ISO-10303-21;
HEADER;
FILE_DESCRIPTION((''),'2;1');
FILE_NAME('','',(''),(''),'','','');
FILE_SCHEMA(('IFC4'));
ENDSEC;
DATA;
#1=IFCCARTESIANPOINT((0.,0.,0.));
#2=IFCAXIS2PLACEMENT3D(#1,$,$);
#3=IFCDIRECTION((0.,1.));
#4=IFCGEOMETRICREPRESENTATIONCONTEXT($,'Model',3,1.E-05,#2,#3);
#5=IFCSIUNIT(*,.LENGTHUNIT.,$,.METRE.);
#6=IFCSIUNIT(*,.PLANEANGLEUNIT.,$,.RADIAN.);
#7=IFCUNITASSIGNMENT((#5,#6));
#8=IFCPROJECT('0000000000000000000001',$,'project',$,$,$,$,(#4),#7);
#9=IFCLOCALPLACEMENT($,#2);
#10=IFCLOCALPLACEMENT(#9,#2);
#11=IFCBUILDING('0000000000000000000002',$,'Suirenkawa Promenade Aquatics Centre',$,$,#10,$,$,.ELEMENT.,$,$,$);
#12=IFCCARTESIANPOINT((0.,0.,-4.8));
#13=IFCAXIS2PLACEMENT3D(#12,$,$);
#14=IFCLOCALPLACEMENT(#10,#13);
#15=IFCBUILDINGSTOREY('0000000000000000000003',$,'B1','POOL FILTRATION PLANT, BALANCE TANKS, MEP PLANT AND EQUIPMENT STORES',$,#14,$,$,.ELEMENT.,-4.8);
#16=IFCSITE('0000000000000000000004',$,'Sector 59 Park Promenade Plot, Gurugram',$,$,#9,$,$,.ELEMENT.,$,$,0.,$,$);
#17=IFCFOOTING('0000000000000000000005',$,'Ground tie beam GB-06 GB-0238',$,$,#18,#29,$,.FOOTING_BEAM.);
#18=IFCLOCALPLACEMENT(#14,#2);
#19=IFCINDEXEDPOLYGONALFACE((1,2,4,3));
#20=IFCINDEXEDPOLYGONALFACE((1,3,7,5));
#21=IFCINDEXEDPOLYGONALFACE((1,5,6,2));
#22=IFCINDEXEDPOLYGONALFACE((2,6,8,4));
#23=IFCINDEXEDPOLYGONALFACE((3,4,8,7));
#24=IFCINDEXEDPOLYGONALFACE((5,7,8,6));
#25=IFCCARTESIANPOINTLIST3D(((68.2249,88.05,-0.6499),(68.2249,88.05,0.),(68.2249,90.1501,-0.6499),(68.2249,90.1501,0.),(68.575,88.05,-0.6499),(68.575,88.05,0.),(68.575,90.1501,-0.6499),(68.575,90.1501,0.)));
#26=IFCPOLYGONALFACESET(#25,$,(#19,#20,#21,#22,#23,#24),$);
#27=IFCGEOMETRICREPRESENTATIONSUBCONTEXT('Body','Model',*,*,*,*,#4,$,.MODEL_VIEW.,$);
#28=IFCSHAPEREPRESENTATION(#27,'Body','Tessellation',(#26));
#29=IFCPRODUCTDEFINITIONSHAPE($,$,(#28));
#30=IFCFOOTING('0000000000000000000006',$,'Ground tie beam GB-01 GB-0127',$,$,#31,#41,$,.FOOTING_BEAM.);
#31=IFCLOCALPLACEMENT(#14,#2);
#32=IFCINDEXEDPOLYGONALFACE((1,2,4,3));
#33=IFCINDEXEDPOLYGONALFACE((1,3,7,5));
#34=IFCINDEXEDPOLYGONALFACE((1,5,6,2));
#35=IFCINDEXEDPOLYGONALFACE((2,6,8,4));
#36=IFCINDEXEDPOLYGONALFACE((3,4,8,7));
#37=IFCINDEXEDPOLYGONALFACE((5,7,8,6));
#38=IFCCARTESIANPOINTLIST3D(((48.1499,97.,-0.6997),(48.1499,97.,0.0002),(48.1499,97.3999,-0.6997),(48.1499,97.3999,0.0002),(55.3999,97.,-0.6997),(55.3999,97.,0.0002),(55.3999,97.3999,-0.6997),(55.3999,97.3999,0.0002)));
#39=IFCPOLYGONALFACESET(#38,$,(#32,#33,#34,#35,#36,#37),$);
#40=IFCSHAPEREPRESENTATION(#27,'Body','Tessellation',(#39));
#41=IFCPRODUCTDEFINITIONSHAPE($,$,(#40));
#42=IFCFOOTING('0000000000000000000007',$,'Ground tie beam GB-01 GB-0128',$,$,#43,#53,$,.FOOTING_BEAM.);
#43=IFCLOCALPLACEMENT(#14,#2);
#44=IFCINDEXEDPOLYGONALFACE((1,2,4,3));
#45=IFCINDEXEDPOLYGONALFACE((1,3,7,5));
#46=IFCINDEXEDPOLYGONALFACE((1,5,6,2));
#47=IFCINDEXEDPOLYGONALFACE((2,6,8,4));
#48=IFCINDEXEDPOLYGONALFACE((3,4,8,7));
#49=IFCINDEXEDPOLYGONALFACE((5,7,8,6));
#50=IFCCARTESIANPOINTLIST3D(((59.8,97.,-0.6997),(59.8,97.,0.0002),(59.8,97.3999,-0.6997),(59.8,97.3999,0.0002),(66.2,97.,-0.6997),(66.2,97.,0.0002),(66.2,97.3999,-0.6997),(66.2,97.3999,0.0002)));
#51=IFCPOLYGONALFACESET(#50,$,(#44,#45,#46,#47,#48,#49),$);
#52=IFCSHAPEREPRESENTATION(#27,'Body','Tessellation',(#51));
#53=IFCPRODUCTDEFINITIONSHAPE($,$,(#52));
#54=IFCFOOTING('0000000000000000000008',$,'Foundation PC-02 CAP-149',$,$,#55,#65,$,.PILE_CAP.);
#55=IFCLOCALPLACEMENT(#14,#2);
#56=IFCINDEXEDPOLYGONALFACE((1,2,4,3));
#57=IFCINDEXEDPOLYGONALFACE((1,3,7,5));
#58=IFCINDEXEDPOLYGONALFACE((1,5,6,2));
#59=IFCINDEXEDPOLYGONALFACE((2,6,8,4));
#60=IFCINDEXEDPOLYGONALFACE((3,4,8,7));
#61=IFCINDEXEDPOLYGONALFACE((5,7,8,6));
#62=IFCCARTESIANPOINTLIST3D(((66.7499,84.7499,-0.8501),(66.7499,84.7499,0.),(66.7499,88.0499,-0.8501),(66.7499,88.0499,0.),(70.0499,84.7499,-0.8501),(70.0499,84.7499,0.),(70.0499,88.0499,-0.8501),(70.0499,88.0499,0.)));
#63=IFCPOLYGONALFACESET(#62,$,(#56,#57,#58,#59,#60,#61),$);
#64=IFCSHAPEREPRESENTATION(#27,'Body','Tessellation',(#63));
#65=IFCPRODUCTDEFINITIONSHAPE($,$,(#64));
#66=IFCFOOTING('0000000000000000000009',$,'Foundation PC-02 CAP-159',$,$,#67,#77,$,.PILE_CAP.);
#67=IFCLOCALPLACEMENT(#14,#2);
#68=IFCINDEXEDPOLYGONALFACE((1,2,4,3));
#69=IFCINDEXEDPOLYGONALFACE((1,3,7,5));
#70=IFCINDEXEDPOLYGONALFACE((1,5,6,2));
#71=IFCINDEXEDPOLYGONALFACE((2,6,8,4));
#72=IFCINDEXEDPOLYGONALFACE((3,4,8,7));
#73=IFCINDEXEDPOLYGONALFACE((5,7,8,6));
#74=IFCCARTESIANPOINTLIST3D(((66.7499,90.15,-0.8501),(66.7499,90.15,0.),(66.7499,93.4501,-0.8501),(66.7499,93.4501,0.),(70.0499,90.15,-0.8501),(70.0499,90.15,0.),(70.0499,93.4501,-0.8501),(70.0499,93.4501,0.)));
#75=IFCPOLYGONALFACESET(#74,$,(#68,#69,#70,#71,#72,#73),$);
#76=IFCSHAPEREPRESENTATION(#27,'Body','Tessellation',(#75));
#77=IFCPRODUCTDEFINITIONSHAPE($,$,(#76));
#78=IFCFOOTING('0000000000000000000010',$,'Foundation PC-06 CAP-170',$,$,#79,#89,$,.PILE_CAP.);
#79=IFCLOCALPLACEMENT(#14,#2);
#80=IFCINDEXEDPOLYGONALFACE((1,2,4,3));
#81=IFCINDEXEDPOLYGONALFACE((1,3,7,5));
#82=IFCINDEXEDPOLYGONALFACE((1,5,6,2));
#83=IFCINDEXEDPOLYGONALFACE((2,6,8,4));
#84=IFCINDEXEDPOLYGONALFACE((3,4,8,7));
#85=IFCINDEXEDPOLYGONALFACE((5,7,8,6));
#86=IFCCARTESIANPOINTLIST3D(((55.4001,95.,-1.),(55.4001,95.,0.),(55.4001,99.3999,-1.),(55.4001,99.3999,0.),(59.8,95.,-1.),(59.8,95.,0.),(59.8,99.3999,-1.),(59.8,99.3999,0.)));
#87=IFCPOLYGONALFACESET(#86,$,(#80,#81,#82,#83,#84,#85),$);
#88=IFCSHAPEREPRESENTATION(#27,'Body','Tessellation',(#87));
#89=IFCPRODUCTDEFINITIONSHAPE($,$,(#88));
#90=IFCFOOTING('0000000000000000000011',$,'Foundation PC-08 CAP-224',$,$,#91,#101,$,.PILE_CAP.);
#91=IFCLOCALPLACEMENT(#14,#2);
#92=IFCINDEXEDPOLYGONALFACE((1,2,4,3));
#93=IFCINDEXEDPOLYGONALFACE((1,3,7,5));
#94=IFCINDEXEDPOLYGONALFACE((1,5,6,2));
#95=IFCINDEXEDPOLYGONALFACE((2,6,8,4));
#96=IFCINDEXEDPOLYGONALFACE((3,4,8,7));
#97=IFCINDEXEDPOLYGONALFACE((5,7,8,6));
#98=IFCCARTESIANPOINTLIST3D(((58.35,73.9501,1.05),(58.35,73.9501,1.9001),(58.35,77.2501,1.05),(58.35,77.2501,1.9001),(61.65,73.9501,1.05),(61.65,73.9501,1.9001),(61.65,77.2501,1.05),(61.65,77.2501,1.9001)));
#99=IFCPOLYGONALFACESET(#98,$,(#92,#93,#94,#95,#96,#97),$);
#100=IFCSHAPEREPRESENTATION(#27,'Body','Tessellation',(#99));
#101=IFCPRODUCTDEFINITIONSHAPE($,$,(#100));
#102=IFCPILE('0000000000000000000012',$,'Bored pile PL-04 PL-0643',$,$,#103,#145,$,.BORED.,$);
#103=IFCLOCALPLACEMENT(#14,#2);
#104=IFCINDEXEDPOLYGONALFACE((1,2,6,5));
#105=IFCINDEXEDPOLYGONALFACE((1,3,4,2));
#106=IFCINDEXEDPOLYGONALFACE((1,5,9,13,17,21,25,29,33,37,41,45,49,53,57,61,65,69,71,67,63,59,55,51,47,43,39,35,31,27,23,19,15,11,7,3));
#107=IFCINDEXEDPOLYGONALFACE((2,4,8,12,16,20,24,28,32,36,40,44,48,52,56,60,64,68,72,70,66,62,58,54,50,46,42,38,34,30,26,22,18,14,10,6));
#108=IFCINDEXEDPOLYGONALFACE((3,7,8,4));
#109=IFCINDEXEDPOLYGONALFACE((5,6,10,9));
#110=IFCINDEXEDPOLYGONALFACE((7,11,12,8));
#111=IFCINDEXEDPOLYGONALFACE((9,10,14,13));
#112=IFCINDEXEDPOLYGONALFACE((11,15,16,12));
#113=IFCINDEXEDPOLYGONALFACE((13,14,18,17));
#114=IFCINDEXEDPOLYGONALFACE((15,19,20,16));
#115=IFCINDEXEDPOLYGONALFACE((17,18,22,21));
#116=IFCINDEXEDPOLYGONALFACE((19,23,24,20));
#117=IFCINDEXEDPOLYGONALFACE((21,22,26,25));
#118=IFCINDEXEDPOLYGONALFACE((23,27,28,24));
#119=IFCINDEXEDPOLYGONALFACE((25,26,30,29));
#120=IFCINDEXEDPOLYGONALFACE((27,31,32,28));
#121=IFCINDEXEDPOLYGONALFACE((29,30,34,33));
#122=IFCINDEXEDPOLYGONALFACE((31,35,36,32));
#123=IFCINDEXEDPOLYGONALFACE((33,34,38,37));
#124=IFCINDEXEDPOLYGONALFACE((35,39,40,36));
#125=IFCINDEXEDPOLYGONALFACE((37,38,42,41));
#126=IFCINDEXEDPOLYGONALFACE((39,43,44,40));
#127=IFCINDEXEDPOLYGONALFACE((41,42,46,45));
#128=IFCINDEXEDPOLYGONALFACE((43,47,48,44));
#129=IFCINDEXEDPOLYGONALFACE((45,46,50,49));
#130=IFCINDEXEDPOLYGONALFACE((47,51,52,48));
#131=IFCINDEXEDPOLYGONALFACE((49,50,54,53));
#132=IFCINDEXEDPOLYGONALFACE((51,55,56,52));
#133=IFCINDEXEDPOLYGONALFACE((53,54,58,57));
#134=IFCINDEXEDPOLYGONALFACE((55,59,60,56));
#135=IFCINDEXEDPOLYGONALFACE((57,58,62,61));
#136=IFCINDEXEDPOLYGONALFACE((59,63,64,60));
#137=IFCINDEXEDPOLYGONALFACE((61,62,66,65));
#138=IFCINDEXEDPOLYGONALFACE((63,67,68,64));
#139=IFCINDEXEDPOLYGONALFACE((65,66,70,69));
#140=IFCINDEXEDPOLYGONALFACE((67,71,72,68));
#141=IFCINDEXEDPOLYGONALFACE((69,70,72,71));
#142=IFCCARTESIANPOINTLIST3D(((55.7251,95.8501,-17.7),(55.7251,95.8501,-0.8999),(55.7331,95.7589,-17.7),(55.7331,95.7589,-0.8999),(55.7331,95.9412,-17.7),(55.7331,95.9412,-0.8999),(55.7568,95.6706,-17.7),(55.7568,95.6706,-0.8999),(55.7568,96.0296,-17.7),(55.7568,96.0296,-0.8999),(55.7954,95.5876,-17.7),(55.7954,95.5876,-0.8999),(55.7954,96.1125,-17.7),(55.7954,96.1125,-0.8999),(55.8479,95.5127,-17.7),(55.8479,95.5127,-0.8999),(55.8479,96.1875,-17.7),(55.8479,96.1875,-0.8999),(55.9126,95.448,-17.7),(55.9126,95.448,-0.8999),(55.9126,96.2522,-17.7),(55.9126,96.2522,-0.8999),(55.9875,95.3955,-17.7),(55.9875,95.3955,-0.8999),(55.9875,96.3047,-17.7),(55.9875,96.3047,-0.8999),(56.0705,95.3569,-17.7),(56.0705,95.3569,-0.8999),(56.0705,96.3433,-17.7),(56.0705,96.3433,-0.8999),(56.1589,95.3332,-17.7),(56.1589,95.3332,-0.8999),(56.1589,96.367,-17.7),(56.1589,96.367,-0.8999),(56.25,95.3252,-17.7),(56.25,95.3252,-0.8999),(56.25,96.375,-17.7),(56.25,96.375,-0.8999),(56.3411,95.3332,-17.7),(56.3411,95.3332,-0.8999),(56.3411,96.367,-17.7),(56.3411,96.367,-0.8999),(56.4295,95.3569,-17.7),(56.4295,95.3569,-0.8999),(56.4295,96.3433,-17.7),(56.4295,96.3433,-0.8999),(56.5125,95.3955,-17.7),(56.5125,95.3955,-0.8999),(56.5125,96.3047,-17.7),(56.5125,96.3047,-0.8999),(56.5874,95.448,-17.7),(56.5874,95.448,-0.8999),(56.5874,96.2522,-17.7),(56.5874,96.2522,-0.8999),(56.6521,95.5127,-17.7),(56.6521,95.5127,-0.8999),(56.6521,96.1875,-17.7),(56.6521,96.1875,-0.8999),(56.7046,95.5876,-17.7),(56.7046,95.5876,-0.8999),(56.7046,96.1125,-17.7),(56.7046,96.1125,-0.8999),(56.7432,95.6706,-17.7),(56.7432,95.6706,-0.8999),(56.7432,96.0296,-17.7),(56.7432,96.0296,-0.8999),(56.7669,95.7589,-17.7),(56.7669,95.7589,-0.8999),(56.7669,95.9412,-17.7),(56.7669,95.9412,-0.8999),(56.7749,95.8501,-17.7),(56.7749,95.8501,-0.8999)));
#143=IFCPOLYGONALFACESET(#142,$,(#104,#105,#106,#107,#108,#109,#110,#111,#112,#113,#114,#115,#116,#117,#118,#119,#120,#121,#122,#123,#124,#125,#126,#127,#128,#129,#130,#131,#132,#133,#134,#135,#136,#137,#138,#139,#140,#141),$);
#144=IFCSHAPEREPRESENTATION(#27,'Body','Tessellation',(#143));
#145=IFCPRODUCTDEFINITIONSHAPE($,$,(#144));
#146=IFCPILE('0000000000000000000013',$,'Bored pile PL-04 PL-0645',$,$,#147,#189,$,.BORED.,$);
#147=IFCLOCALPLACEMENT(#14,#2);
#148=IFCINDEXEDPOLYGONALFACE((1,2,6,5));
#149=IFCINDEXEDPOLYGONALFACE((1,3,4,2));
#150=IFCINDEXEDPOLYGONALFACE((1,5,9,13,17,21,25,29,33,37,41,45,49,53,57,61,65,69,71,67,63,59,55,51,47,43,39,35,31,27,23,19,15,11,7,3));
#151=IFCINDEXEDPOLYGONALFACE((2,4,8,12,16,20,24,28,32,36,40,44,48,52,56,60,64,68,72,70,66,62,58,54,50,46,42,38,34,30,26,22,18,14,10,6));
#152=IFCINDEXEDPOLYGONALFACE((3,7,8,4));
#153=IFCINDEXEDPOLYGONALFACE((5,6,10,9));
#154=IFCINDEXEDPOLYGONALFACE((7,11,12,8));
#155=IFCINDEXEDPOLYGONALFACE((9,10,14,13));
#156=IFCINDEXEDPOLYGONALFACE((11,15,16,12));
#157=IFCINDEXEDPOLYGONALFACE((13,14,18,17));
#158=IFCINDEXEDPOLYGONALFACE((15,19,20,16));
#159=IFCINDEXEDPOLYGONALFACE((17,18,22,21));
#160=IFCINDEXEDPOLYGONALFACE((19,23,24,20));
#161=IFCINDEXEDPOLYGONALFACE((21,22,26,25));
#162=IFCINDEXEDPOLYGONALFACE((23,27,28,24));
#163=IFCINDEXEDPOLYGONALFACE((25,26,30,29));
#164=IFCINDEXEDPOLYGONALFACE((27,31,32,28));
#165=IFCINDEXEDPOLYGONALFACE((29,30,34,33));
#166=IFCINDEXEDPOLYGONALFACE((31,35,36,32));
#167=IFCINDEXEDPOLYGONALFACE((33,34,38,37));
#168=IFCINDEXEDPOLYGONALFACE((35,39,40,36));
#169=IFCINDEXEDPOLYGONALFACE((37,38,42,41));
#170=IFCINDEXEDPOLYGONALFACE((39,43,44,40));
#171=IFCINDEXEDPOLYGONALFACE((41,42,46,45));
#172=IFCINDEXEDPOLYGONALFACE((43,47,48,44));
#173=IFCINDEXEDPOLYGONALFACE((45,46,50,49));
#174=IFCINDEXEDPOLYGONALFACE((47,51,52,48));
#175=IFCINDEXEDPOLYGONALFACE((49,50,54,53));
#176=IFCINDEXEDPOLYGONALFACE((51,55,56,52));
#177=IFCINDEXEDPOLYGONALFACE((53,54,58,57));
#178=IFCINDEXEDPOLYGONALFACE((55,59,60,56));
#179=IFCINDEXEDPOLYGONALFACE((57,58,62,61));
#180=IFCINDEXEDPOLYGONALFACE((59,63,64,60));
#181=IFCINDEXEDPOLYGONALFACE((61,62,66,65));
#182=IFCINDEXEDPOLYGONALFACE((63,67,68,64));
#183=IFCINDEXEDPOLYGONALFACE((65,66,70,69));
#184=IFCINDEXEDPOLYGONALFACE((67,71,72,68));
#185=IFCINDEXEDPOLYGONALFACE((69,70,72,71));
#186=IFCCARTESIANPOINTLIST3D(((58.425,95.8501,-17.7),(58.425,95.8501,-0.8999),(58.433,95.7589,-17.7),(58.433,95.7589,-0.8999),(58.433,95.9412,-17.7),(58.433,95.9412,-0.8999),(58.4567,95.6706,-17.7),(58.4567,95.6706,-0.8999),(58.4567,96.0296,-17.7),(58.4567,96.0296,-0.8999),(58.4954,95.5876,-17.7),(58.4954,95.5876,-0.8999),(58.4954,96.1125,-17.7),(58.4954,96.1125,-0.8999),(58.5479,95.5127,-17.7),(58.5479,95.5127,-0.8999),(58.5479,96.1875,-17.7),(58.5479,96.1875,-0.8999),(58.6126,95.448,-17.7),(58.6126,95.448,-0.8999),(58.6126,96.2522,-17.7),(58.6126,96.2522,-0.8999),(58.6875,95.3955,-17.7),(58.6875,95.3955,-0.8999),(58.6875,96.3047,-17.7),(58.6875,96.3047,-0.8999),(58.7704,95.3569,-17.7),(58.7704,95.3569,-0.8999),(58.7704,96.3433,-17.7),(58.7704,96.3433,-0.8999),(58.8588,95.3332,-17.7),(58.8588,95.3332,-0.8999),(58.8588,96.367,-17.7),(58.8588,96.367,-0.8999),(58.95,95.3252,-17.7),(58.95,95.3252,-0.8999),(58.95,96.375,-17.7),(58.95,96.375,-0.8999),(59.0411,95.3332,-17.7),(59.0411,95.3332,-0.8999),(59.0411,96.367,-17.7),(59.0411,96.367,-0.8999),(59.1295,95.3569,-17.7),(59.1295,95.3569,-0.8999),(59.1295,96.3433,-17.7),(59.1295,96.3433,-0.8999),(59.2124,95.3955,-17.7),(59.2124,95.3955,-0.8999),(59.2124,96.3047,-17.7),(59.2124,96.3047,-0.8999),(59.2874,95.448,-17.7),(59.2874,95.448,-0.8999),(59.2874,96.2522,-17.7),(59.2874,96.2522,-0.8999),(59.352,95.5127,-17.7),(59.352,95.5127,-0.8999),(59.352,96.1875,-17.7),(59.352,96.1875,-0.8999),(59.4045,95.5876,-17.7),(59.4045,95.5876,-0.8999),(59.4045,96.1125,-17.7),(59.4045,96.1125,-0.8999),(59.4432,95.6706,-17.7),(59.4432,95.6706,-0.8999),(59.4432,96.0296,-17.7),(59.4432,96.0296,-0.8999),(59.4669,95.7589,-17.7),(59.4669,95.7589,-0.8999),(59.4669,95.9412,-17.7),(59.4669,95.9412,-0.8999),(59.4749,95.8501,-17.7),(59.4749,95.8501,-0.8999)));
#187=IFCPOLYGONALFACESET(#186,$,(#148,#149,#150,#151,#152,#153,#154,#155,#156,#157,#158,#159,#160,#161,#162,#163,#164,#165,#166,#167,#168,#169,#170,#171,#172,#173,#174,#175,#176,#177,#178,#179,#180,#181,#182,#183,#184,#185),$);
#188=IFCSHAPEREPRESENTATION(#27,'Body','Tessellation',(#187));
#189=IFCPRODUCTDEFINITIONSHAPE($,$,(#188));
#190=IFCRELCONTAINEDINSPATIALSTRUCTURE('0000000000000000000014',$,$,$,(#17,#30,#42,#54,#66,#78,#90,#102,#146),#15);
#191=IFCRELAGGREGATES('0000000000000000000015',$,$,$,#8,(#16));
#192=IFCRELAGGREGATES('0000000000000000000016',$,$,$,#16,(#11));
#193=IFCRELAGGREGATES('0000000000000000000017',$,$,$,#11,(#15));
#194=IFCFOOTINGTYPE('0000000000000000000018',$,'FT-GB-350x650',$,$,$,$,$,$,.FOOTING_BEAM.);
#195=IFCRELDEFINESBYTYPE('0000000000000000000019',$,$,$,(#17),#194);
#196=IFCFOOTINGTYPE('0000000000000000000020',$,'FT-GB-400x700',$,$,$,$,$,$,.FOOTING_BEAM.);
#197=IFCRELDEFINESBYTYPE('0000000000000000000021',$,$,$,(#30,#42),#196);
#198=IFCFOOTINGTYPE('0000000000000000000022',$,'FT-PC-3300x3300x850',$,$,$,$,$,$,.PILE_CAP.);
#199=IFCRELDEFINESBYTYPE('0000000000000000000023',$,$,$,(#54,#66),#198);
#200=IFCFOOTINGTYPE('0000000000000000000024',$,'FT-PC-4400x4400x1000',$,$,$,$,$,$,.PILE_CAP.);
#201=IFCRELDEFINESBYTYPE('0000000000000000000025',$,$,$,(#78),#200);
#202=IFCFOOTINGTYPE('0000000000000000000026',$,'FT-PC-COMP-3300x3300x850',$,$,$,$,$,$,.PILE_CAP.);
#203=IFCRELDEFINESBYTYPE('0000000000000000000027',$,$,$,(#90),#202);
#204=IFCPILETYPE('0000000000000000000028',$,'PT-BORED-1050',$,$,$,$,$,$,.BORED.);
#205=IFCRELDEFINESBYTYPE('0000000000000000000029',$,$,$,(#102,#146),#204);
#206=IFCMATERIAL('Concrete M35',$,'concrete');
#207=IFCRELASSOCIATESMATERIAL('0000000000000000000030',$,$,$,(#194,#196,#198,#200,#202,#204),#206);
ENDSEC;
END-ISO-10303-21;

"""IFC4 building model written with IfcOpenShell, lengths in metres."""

from ifc_helpers import new_model, si_unit, direction, frame, origin, origin_2d, place, context, subcontext, project, spatial, rectangle, circle, extrude, material, material_profile, profile_set, type_object, element, save


model = new_model("IFC4")

# Units and contexts
model_context = context("Model", 3, precision=1e-05, world=origin(), true_north=direction((0.0, 1.0)))
body_context = subcontext(model_context, "Body", "Model", "MODEL_VIEW")
ifc_project = project(units=[si_unit("LENGTHUNIT", "METRE"), si_unit("PLANEANGLEUNIT", "RADIAN")], contexts=[model_context])

# Site, building, storey
site_placement = place(None, origin())
site = spatial("IfcSite", under=ifc_project, at=site_placement, Name="Sector 59 Park Promenade Plot, Gurugram", CompositionType="ELEMENT", RefElevation=0.0)
building_placement = place(site_placement, origin())
building = spatial("IfcBuilding", under=site, at=building_placement, Name="Suirenkawa Promenade Aquatics Centre", CompositionType="ELEMENT")
storey_placement = place(building_placement, frame((0.0, 0.0, -4.8)))
storey = spatial("IfcBuildingStorey", under=building, at=storey_placement, Name="B1", Description="POOL FILTRATION PLANT, BALANCE TANKS, MEP PLANT AND EQUIPMENT STORES", CompositionType="ELEMENT", Elevation=-4.8)

# Footings
ifc_material_1 = material(Name="Concrete M35", Category="concrete")
footing_type_1 = type_object("IfcFootingType", Name="FT-GB-350x650", PredefinedType="FOOTING_BEAM", material=ifc_material_1)
footing_1_placement = place(storey_placement, frame((68.3999, 89.1001, -0.6499), z_axis=(0.0, 0.0, 1.0), x_axis=(0.0, 1.0, 0.0)))
element("IfcFooting", 1, at=footing_1_placement, inside=storey, type_object=footing_type_1, Name="Ground tie beam GB-06 GB-0238", PredefinedType="FOOTING_BEAM", context=body_context, shape_type="SweptSolid", body=[
    extrude(rectangle(XDim=2.1001, YDim=0.3501, at=origin_2d()), origin(), (0.0, 0.0, 1.0), 0.6499),
])
footing_type_2 = type_object("IfcFootingType", Name="FT-GB-400x700", PredefinedType="FOOTING_BEAM", material=ifc_material_1)
footing_2_placement = place(storey_placement, frame((51.7749, 97.2, -0.6997), z_axis=(0.0, 0.0, 1.0), x_axis=(1.0, 0.0, 0.0)))
element("IfcFooting", 2, at=footing_2_placement, inside=storey, type_object=footing_type_2, Name="Ground tie beam GB-01 GB-0127", PredefinedType="FOOTING_BEAM", context=body_context, shape_type="SweptSolid", body=[
    extrude(rectangle(XDim=7.25, YDim=0.3999, at=origin_2d()), origin(), (0.0, 0.0, 1.0), 0.7),
])
footing_3_placement = place(storey_placement, frame((63.0, 97.2, -0.6997), z_axis=(0.0, 0.0, 1.0), x_axis=(1.0, 0.0, 0.0)))
element("IfcFooting", 3, at=footing_3_placement, inside=storey, type_object=footing_type_2, Name="Ground tie beam GB-01 GB-0128", PredefinedType="FOOTING_BEAM", context=body_context, shape_type="SweptSolid", body=[
    extrude(rectangle(XDim=6.3999, YDim=0.3999, at=origin_2d()), origin(), (0.0, 0.0, 1.0), 0.7),
])
footing_type_3 = type_object("IfcFootingType", Name="FT-PC-3300x3300x850", PredefinedType="PILE_CAP", material=ifc_material_1)
for number, where, z_axis, x_axis, name in (
    (4, (68.3999, 86.3999, -0.8501), (0.0, 0.0, 1.0), (1.0, 0.0, 0.0), "Foundation PC-02 CAP-149"),
    (5, (68.3999, 91.8, -0.8501), (0.0, 0.0, 1.0), (1.0, 0.0, 0.0), "Foundation PC-02 CAP-159"),
):
    element("IfcFooting", number, at=place(storey_placement, frame(where, z_axis=z_axis, x_axis=x_axis)), inside=storey, type_object=footing_type_3, Name=name, PredefinedType="PILE_CAP", context=body_context, shape_type="SweptSolid", body=[
        extrude(rectangle(XDim=3.3, YDim=3.3, at=origin_2d()), origin(), (0.0, 0.0, 1.0), 0.8501),
    ])
footing_type_4 = type_object("IfcFootingType", Name="FT-PC-4400x4400x1000", PredefinedType="PILE_CAP", material=ifc_material_1)
footing_4_placement = place(storey_placement, frame((57.6001, 97.2, -1.0), z_axis=(0.0, 0.0, 1.0), x_axis=(1.0, 0.0, 0.0)))
element("IfcFooting", 6, at=footing_4_placement, inside=storey, type_object=footing_type_4, Name="Foundation PC-06 CAP-170", PredefinedType="PILE_CAP", context=body_context, shape_type="SweptSolid", body=[
    extrude(rectangle(XDim=4.3999, YDim=4.3999, at=origin_2d()), origin(), (0.0, 0.0, 1.0), 1.0),
])
footing_type_5 = type_object("IfcFootingType", Name="FT-PC-COMP-3300x3300x850", PredefinedType="PILE_CAP", material=ifc_material_1)
footing_5_placement = place(storey_placement, frame((60.0, 75.6001, 1.05), z_axis=(0.0, 0.0, 1.0), x_axis=(1.0, 0.0, 0.0)))
element("IfcFooting", 7, at=footing_5_placement, inside=storey, type_object=footing_type_5, Name="Foundation PC-08 CAP-224", PredefinedType="PILE_CAP", context=body_context, shape_type="SweptSolid", body=[
    extrude(rectangle(XDim=3.3, YDim=3.3, at=origin_2d()), origin(), (0.0, 0.0, 1.0), 0.8501),
])

# Piles
ifc_material_profile_1 = material_profile(ifc_material_1, circle(Radius=0.5249, at=origin_2d()), Name="PILE D1050", Category="concrete")
ifc_profile_set_1 = profile_set([ifc_material_profile_1], Name="Concrete M35")
pile_type_1 = type_object("IfcPileType", Name="PT-BORED-1050", PredefinedType="BORED", material=ifc_profile_set_1)
for number, where, z_axis, x_axis, name in (
    (8, (56.25, 95.8501, -0.8999), (0.0, 0.0, -1.0), (1.0, 0.0, 0.0), "Bored pile PL-04 PL-0643"),
    (9, (58.95, 95.8501, -0.8999), (0.0, 0.0, -1.0), (1.0, 0.0, 0.0), "Bored pile PL-04 PL-0645"),
):
    element("IfcPile", number, at=place(storey_placement, frame(where, z_axis=z_axis, x_axis=x_axis)), inside=storey, type_object=pile_type_1, Name=name, PredefinedType="BORED", context=body_context, shape_type="SweptSolid", body=[
        extrude(circle(Radius=0.5249, at=origin_2d()), origin(), (0.0, 0.0, 1.0), 16.8),
    ])

save(model, "model.ifc")
